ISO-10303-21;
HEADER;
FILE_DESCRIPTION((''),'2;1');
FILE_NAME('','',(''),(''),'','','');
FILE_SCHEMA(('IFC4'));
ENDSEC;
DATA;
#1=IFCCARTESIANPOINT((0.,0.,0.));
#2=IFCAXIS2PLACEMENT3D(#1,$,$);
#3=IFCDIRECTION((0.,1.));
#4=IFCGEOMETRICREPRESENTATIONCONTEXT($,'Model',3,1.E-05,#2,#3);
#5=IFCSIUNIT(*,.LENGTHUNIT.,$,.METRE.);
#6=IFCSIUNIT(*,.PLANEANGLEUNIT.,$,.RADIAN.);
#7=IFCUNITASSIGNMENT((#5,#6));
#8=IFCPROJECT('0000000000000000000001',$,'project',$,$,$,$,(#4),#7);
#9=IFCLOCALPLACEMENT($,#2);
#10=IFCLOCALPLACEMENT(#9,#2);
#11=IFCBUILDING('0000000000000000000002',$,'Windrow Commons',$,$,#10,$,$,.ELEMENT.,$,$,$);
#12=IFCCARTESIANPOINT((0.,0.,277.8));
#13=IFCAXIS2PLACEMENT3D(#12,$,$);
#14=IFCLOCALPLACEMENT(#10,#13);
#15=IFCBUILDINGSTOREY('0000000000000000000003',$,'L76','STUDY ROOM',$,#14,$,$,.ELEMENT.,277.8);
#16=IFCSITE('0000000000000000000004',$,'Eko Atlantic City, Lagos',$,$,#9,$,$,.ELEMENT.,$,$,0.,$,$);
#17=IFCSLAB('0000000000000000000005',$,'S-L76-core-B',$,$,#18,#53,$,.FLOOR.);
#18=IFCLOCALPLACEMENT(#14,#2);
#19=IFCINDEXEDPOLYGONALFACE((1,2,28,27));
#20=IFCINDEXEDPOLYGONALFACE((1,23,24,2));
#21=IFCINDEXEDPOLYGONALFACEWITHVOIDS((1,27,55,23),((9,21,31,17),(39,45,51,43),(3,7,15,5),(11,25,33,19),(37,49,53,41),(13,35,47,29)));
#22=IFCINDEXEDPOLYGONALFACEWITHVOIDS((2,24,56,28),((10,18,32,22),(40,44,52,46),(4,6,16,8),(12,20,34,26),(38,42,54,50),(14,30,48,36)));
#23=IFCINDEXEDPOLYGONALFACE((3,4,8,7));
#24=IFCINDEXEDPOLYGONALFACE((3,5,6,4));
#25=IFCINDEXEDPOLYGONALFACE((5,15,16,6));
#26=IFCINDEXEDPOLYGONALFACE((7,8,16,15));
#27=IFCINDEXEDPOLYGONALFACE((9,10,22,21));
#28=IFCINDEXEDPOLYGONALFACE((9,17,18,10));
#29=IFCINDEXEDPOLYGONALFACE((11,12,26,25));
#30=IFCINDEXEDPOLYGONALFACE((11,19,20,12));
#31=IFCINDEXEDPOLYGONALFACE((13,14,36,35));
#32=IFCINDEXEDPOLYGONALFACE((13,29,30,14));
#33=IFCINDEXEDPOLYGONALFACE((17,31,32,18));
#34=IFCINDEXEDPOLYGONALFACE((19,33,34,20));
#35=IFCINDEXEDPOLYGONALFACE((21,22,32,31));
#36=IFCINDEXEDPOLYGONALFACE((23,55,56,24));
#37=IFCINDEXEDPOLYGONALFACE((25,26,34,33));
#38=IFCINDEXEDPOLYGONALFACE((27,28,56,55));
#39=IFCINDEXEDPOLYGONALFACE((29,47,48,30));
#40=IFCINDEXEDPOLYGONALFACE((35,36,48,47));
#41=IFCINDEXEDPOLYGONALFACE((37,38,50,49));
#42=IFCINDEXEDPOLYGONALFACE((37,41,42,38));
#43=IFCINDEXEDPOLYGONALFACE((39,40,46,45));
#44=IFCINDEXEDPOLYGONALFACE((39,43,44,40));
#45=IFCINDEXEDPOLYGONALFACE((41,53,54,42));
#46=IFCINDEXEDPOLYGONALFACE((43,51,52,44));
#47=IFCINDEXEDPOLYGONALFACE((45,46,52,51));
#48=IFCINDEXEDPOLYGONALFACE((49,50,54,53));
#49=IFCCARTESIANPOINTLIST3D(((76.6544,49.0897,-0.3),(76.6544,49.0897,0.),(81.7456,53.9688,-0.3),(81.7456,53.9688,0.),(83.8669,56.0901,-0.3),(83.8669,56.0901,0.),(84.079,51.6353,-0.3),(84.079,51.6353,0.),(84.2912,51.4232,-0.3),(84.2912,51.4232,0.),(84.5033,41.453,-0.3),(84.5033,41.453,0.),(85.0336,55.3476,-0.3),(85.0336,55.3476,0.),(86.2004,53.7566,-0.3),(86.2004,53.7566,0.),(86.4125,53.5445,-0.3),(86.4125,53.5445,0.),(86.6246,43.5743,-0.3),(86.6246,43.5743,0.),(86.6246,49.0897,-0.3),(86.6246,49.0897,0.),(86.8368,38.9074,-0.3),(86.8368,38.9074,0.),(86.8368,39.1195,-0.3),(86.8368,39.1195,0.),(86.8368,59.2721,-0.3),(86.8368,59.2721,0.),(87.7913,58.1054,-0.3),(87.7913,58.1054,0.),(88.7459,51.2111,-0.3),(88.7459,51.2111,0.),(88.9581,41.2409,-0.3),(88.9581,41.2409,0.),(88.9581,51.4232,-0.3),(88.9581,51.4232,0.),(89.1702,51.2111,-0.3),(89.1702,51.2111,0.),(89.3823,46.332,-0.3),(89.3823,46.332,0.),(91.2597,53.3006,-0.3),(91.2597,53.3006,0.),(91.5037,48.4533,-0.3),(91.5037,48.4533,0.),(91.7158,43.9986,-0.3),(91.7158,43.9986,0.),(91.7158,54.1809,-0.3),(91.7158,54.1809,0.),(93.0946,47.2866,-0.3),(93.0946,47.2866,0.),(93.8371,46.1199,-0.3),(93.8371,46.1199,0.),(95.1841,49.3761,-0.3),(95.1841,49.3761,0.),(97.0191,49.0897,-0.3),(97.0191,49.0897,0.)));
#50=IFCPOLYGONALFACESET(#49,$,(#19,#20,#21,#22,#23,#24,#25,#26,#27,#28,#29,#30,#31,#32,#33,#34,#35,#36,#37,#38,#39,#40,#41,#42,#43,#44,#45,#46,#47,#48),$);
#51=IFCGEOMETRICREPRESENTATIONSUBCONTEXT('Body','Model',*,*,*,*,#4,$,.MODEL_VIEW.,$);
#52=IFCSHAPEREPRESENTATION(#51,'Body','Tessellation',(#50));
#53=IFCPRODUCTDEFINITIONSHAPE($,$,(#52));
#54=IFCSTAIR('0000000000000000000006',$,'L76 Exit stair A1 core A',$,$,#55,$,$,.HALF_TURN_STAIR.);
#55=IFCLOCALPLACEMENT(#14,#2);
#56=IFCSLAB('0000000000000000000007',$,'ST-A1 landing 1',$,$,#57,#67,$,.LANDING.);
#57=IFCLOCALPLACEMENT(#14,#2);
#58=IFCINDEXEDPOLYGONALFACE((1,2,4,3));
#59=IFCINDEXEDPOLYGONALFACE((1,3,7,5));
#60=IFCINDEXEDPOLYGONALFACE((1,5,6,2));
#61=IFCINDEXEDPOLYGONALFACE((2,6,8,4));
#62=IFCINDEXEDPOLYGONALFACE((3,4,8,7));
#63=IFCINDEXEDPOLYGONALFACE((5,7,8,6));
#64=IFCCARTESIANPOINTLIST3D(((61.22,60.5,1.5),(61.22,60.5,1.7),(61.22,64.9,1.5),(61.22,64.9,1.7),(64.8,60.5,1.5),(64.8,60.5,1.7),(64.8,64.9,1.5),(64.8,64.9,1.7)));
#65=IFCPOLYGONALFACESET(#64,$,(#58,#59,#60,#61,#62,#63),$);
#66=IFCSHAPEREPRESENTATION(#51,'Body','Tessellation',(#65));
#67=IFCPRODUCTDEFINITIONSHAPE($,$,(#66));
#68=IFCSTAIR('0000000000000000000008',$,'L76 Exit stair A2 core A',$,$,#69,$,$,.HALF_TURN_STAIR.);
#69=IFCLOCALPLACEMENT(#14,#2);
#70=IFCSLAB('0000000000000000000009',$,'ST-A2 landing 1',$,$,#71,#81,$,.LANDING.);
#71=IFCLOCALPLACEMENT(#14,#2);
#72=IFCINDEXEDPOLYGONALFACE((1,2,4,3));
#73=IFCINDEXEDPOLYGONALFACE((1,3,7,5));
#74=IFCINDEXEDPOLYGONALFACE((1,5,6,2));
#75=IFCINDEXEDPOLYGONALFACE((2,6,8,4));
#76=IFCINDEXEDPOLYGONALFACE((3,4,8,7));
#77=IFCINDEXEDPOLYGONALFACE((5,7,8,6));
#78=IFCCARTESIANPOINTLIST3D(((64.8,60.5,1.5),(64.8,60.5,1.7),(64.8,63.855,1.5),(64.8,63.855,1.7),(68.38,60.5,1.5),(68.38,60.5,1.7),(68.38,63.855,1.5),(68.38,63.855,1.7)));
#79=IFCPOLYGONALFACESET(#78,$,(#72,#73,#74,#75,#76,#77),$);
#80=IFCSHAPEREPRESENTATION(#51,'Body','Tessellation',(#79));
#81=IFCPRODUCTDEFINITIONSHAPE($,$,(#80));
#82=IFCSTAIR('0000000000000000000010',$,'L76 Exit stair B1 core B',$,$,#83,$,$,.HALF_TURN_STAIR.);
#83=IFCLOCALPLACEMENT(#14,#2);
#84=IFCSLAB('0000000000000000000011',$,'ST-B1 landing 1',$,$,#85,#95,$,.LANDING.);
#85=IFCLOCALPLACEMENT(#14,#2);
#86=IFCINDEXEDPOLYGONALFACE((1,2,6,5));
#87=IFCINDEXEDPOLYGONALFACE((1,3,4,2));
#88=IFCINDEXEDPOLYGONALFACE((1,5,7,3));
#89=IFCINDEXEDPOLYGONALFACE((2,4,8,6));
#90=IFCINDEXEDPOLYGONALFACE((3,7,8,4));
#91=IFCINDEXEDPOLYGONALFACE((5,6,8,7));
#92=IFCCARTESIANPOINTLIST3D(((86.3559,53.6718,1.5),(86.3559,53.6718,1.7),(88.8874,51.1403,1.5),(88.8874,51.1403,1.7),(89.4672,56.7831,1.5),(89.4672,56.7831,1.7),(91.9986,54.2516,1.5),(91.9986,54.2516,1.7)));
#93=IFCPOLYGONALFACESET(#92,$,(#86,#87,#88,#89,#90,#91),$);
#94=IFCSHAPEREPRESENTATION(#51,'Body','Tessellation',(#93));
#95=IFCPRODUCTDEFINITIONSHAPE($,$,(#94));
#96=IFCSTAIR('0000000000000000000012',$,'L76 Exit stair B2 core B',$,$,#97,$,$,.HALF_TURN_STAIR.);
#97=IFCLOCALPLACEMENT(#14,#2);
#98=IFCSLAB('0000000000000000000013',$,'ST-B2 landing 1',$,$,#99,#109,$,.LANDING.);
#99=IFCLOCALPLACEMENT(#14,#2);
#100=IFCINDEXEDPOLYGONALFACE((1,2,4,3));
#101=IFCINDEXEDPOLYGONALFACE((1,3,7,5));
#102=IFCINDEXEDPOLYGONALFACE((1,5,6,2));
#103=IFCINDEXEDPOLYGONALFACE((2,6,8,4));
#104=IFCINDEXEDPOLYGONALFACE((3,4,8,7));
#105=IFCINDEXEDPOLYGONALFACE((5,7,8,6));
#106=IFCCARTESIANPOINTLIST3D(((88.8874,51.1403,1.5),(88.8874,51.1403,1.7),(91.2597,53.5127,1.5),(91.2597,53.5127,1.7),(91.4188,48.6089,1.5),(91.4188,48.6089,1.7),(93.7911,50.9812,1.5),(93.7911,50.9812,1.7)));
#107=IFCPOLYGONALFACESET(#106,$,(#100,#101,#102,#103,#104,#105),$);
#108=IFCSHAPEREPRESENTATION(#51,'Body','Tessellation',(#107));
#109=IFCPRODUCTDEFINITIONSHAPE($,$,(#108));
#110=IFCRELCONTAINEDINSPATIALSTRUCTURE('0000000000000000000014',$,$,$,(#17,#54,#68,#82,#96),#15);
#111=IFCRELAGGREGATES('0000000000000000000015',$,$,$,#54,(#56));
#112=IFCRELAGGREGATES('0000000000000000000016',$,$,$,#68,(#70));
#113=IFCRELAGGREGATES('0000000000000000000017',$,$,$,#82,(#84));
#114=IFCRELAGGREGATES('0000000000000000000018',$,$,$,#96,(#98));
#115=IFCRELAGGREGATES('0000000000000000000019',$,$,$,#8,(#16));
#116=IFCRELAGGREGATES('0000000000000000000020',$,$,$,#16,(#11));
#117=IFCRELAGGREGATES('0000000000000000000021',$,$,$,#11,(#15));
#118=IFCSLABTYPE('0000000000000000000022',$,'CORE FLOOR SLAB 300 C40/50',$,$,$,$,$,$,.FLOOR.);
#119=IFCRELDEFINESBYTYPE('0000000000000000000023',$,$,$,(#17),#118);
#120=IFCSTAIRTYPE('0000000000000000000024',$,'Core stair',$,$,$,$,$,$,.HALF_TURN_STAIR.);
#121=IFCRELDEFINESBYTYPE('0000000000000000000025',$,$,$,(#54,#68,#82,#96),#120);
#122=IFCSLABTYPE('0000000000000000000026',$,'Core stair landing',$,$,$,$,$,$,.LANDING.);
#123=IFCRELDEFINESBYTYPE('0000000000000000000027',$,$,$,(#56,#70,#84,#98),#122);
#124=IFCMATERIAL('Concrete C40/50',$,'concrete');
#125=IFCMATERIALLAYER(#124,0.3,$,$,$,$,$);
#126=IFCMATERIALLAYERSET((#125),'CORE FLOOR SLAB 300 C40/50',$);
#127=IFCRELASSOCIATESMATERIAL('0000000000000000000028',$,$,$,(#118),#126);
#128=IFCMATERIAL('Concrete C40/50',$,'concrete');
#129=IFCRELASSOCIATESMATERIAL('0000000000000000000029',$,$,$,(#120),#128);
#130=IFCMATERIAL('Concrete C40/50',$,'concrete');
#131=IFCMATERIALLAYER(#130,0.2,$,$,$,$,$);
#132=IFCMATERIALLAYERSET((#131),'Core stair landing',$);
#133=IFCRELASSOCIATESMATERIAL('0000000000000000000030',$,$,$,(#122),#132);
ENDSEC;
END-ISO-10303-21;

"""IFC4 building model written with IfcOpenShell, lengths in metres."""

from ifc_helpers import new_model, si_unit, direction, frame, origin, place, context, subcontext, project, spatial, polyline, outline, extrude, material, layer, layer_set, type_object, element, aggregate, save


model = new_model("IFC4")

# Units and contexts
model_context = context("Model", 3, precision=1e-05, world=origin(), true_north=direction((0.0, 1.0)))
body_context = subcontext(model_context, "Body", "Model", "MODEL_VIEW")
ifc_project = project(units=[si_unit("LENGTHUNIT", "METRE"), si_unit("PLANEANGLEUNIT", "RADIAN")], contexts=[model_context])

# Site, building, storey
site_placement = place(None, origin())
site = spatial("IfcSite", under=ifc_project, at=site_placement, Name="Eko Atlantic City, Lagos", CompositionType="ELEMENT", RefElevation=0.0)
building_placement = place(site_placement, origin())
building = spatial("IfcBuilding", under=site, at=building_placement, Name="Windrow Commons", CompositionType="ELEMENT")
storey_placement = place(building_placement, frame((0.0, 0.0, 277.8)))
storey = spatial("IfcBuildingStorey", under=building, at=storey_placement, Name="L76", Description="STUDY ROOM", CompositionType="ELEMENT", Elevation=277.8)

# Slab, openings
ifc_material_1 = material(Name="Concrete C40/50", Category="concrete")
ifc_layer_1 = layer(ifc_material_1, 0.3)
ifc_layer_set_1 = layer_set([ifc_layer_1], Name="CORE FLOOR SLAB 300 C40/50")
slab_type_1 = type_object("IfcSlabType", Name="CORE FLOOR SLAB 300 C40/50", PredefinedType="FLOOR", material=ifc_layer_set_1)
placement_1 = place(storey_placement, frame((0.0, 0.0, -0.3)))
slab_1 = element("IfcSlab", 1, at=placement_1, inside=storey, type_object=slab_type_1, Name="S-L76-core-B", PredefinedType="FLOOR", context=body_context, shape_type="SweptSolid", body=[
    extrude(outline(polyline([(76.6544, 49.0897), (86.8368, 38.9074), (97.0191, 49.0897), (86.8368, 59.2721), (76.6544, 49.0897)]), holes=[polyline([(84.5033, 41.453), (86.8368, 39.1195), (88.9581, 41.2409), (86.6246, 43.5743), (84.5033, 41.453)]), polyline([(81.7456, 53.9688), (84.079, 51.6353), (86.2004, 53.7566), (83.8669, 56.0901), (81.7456, 53.9688)]), polyline([(84.2912, 51.4232), (86.6246, 49.0897), (88.7459, 51.2111), (86.4125, 53.5445), (84.2912, 51.4232)]), polyline([(89.3823, 46.332), (91.7158, 43.9986), (93.8371, 46.1199), (91.5037, 48.4533), (89.3823, 46.332)]), polyline([(85.0336, 55.3476), (88.9581, 51.4232), (91.7158, 54.1809), (87.7913, 58.1054), (85.0336, 55.3476)]), polyline([(89.1702, 51.2111), (93.0946, 47.2866), (95.1841, 49.3761), (91.2597, 53.3006), (89.1702, 51.2111)])]), origin(), (0.0, 0.0, 1.0), 0.3),
])
opening_1_placement = place(placement_1, origin())
element("IfcOpeningElement", 2, at=opening_1_placement, cuts=slab_1, PredefinedType="OPENING", context=body_context, shape_type="SweptSolid", body=[
    extrude(outline(polyline([(84.5104, 41.453), (86.6246, 43.5672), (88.951, 41.2409), (86.8368, 39.1266), (84.5104, 41.453)])), origin(), (0.0, 0.0, 1.0), 0.3),
])
opening_2_placement = place(placement_1, origin())
element("IfcOpeningElement", 3, at=opening_2_placement, cuts=slab_1, PredefinedType="OPENING", context=body_context, shape_type="SweptSolid", body=[
    extrude(outline(polyline([(81.7527, 53.9688), (83.8669, 56.083), (86.1933, 53.7566), (84.079, 51.6424), (81.7527, 53.9688)])), origin(), (0.0, 0.0, 1.0), 0.3),
])
opening_3_placement = place(placement_1, origin())
element("IfcOpeningElement", 4, at=opening_3_placement, cuts=slab_1, PredefinedType="OPENING", context=body_context, shape_type="SweptSolid", body=[
    extrude(outline(polyline([(84.2983, 51.4232), (86.4125, 53.5374), (88.7388, 51.2111), (86.6246, 49.0968), (84.2983, 51.4232)])), origin(), (0.0, 0.0, 1.0), 0.3),
])
opening_4_placement = place(placement_1, origin())
element("IfcOpeningElement", 5, at=opening_4_placement, cuts=slab_1, PredefinedType="OPENING", context=body_context, shape_type="SweptSolid", body=[
    extrude(outline(polyline([(89.3894, 46.332), (91.5037, 48.4462), (93.83, 46.1199), (91.7158, 44.0057), (89.3894, 46.332)])), origin(), (0.0, 0.0, 1.0), 0.3),
])
opening_5_placement = place(placement_1, origin())
element("IfcOpeningElement", 6, at=opening_5_placement, cuts=slab_1, PredefinedType="OPENING", context=body_context, shape_type="SweptSolid", body=[
    extrude(outline(polyline([(85.0407, 55.3476), (87.7913, 58.0983), (91.7087, 54.1809), (88.9581, 51.4303), (85.0407, 55.3476)])), origin(), (0.0, 0.0, 1.0), 0.3),
])
opening_6_placement = place(placement_1, origin())
element("IfcOpeningElement", 7, at=opening_6_placement, cuts=slab_1, PredefinedType="OPENING", context=body_context, shape_type="SweptSolid", body=[
    extrude(outline(polyline([(89.1773, 51.2111), (91.2597, 53.2935), (95.177, 49.3761), (93.0946, 47.2937), (89.1773, 51.2111)])), origin(), (0.0, 0.0, 1.0), 0.3),
])

# Stairs, slabs
ifc_material_2 = material(Name="Concrete C40/50", Category="concrete")
stair_type = type_object("IfcStairType", Name="Core stair", PredefinedType="HALF_TURN_STAIR", material=ifc_material_2)
placement_2 = place(storey_placement, origin())
stair_1 = element("IfcStair", 8, at=placement_2, inside=storey, type_object=stair_type, Name="L76 Exit stair A1 core A", PredefinedType="HALF_TURN_STAIR")
ifc_material_3 = material(Name="Concrete C40/50", Category="concrete")
ifc_layer_2 = layer(ifc_material_3, 0.2)
ifc_layer_set_2 = layer_set([ifc_layer_2], Name="Core stair landing")
slab_type_2 = type_object("IfcSlabType", Name="Core stair landing", PredefinedType="LANDING", material=ifc_layer_set_2)
placement_3 = place(storey_placement, frame((0.0, 0.0, 1.5)))
slab_2 = element("IfcSlab", 9, at=placement_3, type_object=slab_type_2, Name="ST-A1 landing 1", PredefinedType="LANDING", context=body_context, shape_type="SweptSolid", body=[
    extrude(outline(polyline([(61.22, 60.5), (64.8, 60.5), (64.8, 64.9), (61.22, 64.9), (61.22, 60.5)])), origin(), (0.0, 0.0, 1.0), 0.2),
])
aggregate(stair_1, [slab_2])
stair_2 = element("IfcStair", 10, at=placement_2, inside=storey, type_object=stair_type, Name="L76 Exit stair A2 core A", PredefinedType="HALF_TURN_STAIR")
slab_3 = element("IfcSlab", 11, at=placement_3, type_object=slab_type_2, Name="ST-A2 landing 1", PredefinedType="LANDING", context=body_context, shape_type="SweptSolid", body=[
    extrude(outline(polyline([(64.8, 60.5), (68.38, 60.5), (68.38, 63.855), (64.8, 63.855), (64.8, 60.5)])), origin(), (0.0, 0.0, 1.0), 0.2),
])
aggregate(stair_2, [slab_3])
stair_3 = element("IfcStair", 12, at=placement_2, inside=storey, type_object=stair_type, Name="L76 Exit stair B1 core B", PredefinedType="HALF_TURN_STAIR")
slab_4 = element("IfcSlab", 13, at=placement_3, type_object=slab_type_2, Name="ST-B1 landing 1", PredefinedType="LANDING", context=body_context, shape_type="SweptSolid", body=[
    extrude(outline(polyline([(86.3559, 53.6718), (88.8874, 51.1403), (91.9986, 54.2516), (89.4672, 56.7831), (86.3559, 53.6718)])), origin(), (0.0, 0.0, 1.0), 0.2),
])
aggregate(stair_3, [slab_4])
stair_4 = element("IfcStair", 14, at=placement_2, inside=storey, type_object=stair_type, Name="L76 Exit stair B2 core B", PredefinedType="HALF_TURN_STAIR")
slab_5 = element("IfcSlab", 15, at=placement_3, type_object=slab_type_2, Name="ST-B2 landing 1", PredefinedType="LANDING", context=body_context, shape_type="SweptSolid", body=[
    extrude(outline(polyline([(88.8874, 51.1403), (91.4188, 48.6089), (93.7911, 50.9812), (91.2597, 53.5127), (88.8874, 51.1403)])), origin(), (0.0, 0.0, 1.0), 0.2),
])
aggregate(stair_4, [slab_5])

save(model, "model.ifc")
